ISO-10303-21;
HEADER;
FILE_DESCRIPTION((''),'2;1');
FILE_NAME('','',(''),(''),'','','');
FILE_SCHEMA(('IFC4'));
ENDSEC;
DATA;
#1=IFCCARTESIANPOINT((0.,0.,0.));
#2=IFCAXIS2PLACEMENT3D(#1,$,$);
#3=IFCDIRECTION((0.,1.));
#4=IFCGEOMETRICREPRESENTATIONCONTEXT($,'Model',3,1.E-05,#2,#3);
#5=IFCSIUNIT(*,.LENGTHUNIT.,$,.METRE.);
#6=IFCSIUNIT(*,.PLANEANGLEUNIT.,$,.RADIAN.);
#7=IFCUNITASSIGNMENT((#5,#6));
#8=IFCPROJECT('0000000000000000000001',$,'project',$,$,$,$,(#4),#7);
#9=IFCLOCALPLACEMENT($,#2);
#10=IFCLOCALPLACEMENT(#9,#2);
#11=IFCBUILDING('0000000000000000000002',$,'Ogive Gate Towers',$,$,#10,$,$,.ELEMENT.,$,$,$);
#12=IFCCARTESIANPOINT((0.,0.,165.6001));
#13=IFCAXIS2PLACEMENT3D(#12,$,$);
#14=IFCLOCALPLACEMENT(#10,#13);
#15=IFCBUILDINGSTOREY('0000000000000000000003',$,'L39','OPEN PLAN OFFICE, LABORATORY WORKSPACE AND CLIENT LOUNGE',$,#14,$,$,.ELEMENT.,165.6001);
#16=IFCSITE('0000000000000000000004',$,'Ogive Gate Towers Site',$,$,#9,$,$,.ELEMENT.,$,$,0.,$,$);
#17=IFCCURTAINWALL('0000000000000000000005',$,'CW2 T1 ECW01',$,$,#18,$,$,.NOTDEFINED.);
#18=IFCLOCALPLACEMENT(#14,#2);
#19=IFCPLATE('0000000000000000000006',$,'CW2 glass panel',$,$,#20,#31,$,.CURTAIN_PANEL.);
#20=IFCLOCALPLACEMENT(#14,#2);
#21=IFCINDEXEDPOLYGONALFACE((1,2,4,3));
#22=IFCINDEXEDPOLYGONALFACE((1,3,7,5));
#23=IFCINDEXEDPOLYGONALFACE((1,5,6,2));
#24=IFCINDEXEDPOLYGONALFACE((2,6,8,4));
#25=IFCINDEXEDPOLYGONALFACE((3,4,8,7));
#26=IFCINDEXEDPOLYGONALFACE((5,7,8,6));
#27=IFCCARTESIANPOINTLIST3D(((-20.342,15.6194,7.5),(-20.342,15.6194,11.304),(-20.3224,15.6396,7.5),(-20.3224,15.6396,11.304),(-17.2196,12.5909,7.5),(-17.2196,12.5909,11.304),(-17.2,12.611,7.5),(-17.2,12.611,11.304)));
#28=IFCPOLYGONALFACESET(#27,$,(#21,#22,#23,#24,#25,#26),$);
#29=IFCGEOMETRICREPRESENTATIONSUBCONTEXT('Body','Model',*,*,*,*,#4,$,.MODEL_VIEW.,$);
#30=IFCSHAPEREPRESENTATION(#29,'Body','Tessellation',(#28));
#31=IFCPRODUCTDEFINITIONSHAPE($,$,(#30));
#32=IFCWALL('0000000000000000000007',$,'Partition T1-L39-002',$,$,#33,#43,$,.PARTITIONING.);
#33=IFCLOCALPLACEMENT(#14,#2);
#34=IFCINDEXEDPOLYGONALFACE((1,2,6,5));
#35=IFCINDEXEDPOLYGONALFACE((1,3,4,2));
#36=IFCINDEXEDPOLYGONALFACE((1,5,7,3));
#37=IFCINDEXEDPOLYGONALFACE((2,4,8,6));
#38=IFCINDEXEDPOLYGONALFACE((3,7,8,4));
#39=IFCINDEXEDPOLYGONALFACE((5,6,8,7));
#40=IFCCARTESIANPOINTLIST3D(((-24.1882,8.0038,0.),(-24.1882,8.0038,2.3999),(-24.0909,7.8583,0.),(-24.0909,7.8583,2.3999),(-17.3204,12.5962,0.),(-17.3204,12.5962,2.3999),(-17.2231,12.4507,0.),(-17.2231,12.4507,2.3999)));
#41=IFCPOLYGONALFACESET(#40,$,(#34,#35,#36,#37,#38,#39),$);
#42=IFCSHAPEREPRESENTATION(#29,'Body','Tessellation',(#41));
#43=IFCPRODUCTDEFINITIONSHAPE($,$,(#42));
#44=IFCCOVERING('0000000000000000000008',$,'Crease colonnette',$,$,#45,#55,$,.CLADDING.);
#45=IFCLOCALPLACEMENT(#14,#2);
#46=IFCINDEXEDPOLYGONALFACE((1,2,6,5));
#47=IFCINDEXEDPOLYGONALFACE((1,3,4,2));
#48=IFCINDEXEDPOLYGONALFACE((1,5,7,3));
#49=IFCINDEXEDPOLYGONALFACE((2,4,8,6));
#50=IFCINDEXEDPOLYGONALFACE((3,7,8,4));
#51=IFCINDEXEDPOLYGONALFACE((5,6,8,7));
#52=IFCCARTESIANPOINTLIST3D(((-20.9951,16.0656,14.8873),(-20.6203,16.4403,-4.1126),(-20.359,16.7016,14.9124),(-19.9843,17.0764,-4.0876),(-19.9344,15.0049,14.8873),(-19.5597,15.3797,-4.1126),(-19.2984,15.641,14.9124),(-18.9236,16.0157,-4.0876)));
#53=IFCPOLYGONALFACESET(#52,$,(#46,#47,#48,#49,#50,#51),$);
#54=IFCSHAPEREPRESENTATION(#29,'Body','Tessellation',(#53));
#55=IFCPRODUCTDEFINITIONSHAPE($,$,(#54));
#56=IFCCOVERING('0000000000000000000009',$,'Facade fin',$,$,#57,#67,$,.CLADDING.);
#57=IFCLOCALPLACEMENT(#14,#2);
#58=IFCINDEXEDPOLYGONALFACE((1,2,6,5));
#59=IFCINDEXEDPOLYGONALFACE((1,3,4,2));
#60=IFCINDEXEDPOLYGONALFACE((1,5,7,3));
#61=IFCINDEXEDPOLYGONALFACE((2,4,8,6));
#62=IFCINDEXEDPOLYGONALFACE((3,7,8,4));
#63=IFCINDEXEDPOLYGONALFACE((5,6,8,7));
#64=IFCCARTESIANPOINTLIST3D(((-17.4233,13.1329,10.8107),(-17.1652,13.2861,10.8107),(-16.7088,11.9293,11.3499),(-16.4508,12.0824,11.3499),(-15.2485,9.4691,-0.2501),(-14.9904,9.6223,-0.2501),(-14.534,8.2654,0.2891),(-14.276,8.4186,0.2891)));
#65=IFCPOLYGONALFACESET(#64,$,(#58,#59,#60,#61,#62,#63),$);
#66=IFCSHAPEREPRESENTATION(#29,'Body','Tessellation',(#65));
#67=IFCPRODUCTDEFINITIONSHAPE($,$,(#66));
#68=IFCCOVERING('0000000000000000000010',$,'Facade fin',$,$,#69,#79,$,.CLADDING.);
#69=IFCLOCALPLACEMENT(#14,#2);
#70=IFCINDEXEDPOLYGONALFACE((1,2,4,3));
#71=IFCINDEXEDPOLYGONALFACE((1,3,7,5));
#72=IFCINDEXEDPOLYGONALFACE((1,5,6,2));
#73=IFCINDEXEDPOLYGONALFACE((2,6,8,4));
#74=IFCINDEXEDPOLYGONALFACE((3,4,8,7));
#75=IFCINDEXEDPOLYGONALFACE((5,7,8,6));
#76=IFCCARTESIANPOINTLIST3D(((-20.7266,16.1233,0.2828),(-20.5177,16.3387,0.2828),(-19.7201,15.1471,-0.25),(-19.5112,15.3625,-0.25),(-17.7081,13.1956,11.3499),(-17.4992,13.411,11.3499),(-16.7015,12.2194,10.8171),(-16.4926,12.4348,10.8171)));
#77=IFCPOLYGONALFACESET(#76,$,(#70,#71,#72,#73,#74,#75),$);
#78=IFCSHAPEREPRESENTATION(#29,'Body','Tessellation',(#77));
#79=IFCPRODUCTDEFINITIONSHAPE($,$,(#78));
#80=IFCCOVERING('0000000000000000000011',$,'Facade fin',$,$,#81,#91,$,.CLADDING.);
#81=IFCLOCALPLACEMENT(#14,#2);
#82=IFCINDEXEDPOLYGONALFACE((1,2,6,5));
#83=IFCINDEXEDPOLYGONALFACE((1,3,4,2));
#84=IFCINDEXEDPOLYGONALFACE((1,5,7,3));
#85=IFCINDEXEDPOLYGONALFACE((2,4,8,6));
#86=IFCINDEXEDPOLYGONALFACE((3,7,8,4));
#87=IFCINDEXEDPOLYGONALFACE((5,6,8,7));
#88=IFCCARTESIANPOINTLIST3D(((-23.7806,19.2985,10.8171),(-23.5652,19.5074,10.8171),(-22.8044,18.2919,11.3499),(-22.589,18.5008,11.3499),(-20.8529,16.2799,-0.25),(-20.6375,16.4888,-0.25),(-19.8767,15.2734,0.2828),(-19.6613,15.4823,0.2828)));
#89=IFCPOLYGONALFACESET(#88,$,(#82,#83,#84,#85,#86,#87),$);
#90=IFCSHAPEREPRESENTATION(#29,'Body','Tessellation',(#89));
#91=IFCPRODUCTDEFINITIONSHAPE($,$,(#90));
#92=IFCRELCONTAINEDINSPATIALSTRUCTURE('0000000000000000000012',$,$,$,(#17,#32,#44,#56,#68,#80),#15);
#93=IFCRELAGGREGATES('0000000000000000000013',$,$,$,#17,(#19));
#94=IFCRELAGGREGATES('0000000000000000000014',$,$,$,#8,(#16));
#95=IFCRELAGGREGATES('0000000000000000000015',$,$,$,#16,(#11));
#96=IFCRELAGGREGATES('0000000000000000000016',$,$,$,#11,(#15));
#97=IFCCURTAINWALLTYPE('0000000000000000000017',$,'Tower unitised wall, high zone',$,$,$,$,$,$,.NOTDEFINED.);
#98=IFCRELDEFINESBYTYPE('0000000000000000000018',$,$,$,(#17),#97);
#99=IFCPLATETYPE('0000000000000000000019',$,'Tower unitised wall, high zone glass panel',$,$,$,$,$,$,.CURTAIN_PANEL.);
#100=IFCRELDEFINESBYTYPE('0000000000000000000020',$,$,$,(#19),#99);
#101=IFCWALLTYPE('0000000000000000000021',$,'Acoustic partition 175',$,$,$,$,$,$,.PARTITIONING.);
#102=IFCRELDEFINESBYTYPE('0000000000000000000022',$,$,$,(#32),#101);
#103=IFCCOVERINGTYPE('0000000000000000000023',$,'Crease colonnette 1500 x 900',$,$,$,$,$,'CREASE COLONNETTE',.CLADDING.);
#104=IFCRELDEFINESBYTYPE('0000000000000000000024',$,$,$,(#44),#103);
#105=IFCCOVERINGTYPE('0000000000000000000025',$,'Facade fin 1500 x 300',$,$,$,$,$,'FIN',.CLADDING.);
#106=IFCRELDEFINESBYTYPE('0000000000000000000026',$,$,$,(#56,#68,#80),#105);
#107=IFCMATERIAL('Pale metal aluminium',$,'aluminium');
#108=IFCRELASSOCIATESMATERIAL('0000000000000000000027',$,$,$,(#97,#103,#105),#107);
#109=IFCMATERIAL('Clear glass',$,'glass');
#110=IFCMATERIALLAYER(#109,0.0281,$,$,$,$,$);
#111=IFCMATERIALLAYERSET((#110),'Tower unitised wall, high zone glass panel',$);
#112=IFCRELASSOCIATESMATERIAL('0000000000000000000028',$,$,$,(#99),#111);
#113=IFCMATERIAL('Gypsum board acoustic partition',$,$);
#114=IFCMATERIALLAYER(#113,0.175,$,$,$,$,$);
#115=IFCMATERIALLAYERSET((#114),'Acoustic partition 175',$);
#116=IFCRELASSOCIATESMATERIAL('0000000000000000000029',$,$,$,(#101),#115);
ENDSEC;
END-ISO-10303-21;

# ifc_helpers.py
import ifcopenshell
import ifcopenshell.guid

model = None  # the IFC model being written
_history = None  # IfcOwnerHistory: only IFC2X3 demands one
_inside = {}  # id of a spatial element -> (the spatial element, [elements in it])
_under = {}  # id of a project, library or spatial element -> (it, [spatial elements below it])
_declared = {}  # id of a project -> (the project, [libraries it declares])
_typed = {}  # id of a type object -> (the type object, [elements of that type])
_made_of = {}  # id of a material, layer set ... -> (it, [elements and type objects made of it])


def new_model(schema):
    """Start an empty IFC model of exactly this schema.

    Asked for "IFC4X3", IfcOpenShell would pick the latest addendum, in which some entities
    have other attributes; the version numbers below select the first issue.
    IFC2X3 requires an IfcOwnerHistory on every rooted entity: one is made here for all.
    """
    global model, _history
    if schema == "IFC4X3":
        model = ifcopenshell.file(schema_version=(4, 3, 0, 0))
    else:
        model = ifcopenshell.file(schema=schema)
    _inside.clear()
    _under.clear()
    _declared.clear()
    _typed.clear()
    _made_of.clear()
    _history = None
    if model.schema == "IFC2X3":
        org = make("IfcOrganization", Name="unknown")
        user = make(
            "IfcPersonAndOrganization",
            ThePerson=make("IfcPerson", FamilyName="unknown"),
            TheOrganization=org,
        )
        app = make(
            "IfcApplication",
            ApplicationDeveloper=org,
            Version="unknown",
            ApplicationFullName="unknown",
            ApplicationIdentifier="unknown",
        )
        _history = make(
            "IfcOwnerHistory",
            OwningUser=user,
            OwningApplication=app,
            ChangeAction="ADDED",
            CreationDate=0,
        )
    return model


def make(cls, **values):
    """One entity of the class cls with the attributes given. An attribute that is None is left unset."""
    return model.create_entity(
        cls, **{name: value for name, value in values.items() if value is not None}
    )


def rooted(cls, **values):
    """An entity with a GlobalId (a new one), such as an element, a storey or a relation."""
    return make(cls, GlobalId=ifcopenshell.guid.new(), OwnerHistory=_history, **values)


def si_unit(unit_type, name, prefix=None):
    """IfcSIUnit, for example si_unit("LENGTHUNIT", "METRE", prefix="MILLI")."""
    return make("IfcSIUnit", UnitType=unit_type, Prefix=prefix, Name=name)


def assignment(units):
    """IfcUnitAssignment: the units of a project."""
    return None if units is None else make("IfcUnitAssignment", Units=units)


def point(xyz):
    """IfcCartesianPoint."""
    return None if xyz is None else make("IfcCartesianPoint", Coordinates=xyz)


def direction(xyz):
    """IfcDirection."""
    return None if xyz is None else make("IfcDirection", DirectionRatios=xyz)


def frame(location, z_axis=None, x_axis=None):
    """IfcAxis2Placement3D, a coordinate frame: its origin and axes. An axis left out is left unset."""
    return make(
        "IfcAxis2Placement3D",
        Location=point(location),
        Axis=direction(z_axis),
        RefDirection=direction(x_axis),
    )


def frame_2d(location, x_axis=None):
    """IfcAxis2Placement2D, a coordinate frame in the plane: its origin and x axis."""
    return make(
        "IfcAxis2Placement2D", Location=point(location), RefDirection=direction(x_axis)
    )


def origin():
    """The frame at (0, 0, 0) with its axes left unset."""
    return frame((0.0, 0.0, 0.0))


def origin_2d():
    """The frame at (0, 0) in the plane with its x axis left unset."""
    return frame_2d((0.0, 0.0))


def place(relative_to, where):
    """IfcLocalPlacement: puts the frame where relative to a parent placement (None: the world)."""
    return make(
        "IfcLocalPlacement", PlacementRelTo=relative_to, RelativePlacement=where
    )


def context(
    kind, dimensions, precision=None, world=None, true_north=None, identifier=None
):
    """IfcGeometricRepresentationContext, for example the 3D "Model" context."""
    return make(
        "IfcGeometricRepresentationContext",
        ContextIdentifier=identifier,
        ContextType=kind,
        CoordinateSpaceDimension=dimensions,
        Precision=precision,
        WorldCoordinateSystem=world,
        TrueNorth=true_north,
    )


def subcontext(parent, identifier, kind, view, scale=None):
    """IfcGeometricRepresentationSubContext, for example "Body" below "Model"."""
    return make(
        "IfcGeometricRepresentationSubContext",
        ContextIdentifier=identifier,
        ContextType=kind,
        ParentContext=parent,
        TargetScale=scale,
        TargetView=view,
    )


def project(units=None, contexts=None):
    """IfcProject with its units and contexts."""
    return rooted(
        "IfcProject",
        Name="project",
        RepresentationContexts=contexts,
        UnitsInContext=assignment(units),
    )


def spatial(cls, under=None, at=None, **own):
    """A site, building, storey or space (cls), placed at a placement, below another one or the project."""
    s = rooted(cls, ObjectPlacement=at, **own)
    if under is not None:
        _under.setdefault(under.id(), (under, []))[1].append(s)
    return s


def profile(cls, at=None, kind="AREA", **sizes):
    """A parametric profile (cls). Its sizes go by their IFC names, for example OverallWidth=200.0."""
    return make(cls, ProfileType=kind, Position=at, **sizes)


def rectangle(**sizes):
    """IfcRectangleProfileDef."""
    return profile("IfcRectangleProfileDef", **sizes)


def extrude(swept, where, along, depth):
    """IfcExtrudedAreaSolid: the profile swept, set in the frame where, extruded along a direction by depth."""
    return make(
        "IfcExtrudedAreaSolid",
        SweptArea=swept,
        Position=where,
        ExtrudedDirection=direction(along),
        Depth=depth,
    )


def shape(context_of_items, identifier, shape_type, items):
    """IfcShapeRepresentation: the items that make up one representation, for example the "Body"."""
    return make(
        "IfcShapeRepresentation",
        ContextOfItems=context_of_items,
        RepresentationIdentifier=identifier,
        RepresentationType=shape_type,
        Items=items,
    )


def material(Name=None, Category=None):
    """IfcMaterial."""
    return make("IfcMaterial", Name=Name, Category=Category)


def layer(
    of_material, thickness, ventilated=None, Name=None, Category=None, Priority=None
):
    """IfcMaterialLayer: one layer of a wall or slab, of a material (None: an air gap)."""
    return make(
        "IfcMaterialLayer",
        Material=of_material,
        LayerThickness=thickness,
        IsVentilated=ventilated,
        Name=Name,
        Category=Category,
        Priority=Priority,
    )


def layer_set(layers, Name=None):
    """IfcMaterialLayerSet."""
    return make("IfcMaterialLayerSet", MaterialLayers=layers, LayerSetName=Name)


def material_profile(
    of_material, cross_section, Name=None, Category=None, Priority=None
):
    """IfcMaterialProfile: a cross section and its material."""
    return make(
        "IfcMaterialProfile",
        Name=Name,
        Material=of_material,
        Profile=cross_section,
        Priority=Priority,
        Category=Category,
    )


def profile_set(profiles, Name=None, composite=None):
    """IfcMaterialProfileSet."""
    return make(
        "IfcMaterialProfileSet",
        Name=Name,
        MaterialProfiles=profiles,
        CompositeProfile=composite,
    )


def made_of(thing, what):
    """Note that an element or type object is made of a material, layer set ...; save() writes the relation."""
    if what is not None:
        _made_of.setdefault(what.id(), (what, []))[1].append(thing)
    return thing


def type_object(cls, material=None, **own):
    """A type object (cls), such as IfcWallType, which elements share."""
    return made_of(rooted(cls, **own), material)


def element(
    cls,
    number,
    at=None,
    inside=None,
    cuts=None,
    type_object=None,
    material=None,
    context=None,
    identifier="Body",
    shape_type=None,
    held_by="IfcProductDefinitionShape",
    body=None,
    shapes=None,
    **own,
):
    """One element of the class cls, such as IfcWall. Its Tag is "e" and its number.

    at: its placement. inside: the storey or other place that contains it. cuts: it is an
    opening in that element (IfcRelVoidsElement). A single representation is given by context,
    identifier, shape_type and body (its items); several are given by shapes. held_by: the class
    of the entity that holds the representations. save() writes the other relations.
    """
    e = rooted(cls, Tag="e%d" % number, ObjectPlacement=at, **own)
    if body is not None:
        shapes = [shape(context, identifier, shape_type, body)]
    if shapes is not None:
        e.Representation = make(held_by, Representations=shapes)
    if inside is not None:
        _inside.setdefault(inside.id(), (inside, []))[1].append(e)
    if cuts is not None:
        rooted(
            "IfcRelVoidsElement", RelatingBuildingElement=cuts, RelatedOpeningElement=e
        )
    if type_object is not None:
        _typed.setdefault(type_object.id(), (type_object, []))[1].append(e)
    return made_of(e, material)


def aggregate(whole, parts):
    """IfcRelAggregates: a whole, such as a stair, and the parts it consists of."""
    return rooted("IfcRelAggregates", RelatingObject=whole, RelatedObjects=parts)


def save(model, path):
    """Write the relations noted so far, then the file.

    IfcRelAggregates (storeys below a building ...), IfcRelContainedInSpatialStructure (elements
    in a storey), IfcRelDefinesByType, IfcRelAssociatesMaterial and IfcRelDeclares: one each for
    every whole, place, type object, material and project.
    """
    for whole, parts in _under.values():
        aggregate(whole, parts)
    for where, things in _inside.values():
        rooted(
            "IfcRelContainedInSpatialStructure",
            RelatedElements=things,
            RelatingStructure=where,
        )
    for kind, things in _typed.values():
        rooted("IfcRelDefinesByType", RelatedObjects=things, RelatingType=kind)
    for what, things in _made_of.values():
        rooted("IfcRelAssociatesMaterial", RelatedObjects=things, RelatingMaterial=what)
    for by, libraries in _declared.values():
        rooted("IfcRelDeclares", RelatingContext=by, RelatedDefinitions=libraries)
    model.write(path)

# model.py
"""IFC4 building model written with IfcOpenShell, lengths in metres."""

from ifc_helpers import new_model, si_unit, direction, frame, frame_2d, origin, origin_2d, place, context, subcontext, project, spatial, rectangle, extrude, material, layer, layer_set, material_profile, profile_set, type_object, element, aggregate, save


model = new_model("IFC4")

# Units and contexts
model_context = context("Model", 3, precision=1e-05, world=origin(), true_north=direction((0.0, 1.0)))
body_context = subcontext(model_context, "Body", "Model", "MODEL_VIEW")
ifc_project = project(units=[si_unit("LENGTHUNIT", "METRE"), si_unit("PLANEANGLEUNIT", "RADIAN")], contexts=[model_context])

# Site, building, storey
site_placement = place(None, origin())
site = spatial("IfcSite", under=ifc_project, at=site_placement, Name="Ogive Gate Towers Site", CompositionType="ELEMENT", RefElevation=0.0)
building_placement = place(site_placement, origin())
building = spatial("IfcBuilding", under=site, at=building_placement, Name="Ogive Gate Towers", CompositionType="ELEMENT")
storey_placement = place(building_placement, frame((0.0, 0.0, 165.6001)))
storey = spatial("IfcBuildingStorey", under=building, at=storey_placement, Name="L39", Description="OPEN PLAN OFFICE, LABORATORY WORKSPACE AND CLIENT LOUNGE", CompositionType="ELEMENT", Elevation=165.6001)

# Curtain wall
ifc_material_1 = material(Name="Pale metal aluminium", Category="aluminium")
curtain_wall_type = type_object("IfcCurtainWallType", Name="Tower unitised wall, high zone", PredefinedType="NOTDEFINED", material=ifc_material_1)
curtain_wall_1_placement = place(storey_placement, origin())
curtain_wall_1 = element("IfcCurtainWall", 1, at=curtain_wall_1_placement, inside=storey, type_object=curtain_wall_type, Name="CW2 T1 ECW01", PredefinedType="NOTDEFINED")

# Plate
ifc_material_2 = material(Name="Clear glass", Category="glass")
ifc_layer_1 = layer(ifc_material_2, 0.0281)
ifc_layer_set_1 = layer_set([ifc_layer_1], Name="Tower unitised wall, high zone glass panel")
plate_type = type_object("IfcPlateType", Name="Tower unitised wall, high zone glass panel", PredefinedType="CURTAIN_PANEL", material=ifc_layer_set_1)
plate_1_placement = place(storey_placement, frame((-18.771, 14.1152, 7.5), z_axis=(0.0, 0.0, 1.0), x_axis=(-0.71781, 0.696239, 0.0)))
plate_1 = element("IfcPlate", 2, at=plate_1_placement, type_object=plate_type, Name="CW2 glass panel", PredefinedType="CURTAIN_PANEL", context=body_context, shape_type="SweptSolid", body=[
    extrude(rectangle(XDim=4.3499, YDim=0.0281, at=origin_2d()), origin(), (0.0, 0.0, 1.0), 3.804),
])
aggregate(curtain_wall_1, [plate_1])

# Wall
ifc_material_3 = material(Name="Gypsum board acoustic partition")
ifc_layer_2 = layer(ifc_material_3, 0.175)
ifc_layer_set_2 = layer_set([ifc_layer_2], Name="Acoustic partition 175")
wall_type = type_object("IfcWallType", Name="Acoustic partition 175", PredefinedType="PARTITIONING", material=ifc_layer_set_2)
wall_placement = place(storey_placement, frame((-17.2717, 12.5234, 0.0), z_axis=(0.0, 0.0, 1.0), x_axis=(-0.831277, -0.555859, 0.0)))
element("IfcWall", 3, at=wall_placement, inside=storey, type_object=wall_type, Name="Partition T1-L39-002", PredefinedType="PARTITIONING", context=body_context, shape_type="SweptSolid", body=[
    extrude(rectangle(XDim=8.2617, YDim=0.175, at=frame_2d((4.1309, 0.0))), origin(), (0.0, 0.0, 1.0), 2.3999),
])

# Coverings
ifc_material_profile_1 = material_profile(ifc_material_1, rectangle(XDim=1.5, YDim=0.8999, at=origin_2d()), Name="1500 x 900 pale metal aluminium")
ifc_profile_set_1 = profile_set([ifc_material_profile_1], Name="Pale metal aluminium")
covering_type_1 = type_object("IfcCoveringType", Name="Crease colonnette 1500 x 900", ElementType="CREASE COLONNETTE", PredefinedType="CLADDING", material=ifc_profile_set_1)
covering_1_placement = place(storey_placement, frame((-19.772, 16.228, -4.1001), z_axis=(-0.019716, -0.019716, 0.999611), x_axis=(0.707107, -0.707107, 0.0)))
element("IfcCovering", 4, at=covering_1_placement, inside=storey, type_object=covering_type_1, Name="Crease colonnette", PredefinedType="CLADDING", context=body_context, shape_type="SweptSolid", body=[
    extrude(rectangle(XDim=1.5, YDim=0.8999, at=origin_2d()), origin(), (0.0, 0.0, 1.0), 19.0073),
])
ifc_material_profile_2 = material_profile(ifc_material_1, rectangle(XDim=0.3, YDim=1.5, at=origin_2d()), Name="1500 x 300 pale metal aluminium")
ifc_profile_set_2 = profile_set([ifc_material_profile_2], Name="Pale metal aluminium")
covering_type_2 = type_object("IfcCoveringType", Name="Facade fin 1500 x 300", ElementType="FIN", PredefinedType="CLADDING", material=ifc_profile_set_2)
covering_2_placement = place(storey_placement, frame((-14.7622, 8.9438, 0.0195), z_axis=(-0.183481, 0.309104, 0.933161), x_axis=(-0.859915, -0.510437, 0.0)))
element("IfcCovering", 5, at=covering_2_placement, inside=storey, type_object=covering_type_2, Name="Facade fin", PredefinedType="CLADDING", context=body_context, shape_type="SweptSolid", body=[
    extrude(rectangle(XDim=0.3, YDim=1.5, at=origin_2d()), origin(), (0.0, 0.0, 1.0), 11.853),
])
for number, where, z_axis, x_axis, name in (
    (6, (-20.1189, 15.7429, 0.0164), (0.254964, -0.247293, 0.934794), (0.696226, 0.717823, 0.0), "Facade fin"),
    (7, (-20.2571, 15.8811, 0.0164), (-0.247293, 0.254964, 0.934794), (-0.717823, -0.696226, 0.0), "Facade fin"),
):
    element("IfcCovering", number, at=place(storey_placement, frame(where, z_axis=z_axis, x_axis=x_axis)), inside=storey, type_object=covering_type_2, Name=name, PredefinedType="CLADDING", context=body_context, shape_type="SweptSolid", body=[
        extrude(rectangle(XDim=0.3, YDim=1.5, at=origin_2d()), origin(), (0.0, 0.0, 1.0), 11.8391),
    ])

save(model, "model.ifc")
